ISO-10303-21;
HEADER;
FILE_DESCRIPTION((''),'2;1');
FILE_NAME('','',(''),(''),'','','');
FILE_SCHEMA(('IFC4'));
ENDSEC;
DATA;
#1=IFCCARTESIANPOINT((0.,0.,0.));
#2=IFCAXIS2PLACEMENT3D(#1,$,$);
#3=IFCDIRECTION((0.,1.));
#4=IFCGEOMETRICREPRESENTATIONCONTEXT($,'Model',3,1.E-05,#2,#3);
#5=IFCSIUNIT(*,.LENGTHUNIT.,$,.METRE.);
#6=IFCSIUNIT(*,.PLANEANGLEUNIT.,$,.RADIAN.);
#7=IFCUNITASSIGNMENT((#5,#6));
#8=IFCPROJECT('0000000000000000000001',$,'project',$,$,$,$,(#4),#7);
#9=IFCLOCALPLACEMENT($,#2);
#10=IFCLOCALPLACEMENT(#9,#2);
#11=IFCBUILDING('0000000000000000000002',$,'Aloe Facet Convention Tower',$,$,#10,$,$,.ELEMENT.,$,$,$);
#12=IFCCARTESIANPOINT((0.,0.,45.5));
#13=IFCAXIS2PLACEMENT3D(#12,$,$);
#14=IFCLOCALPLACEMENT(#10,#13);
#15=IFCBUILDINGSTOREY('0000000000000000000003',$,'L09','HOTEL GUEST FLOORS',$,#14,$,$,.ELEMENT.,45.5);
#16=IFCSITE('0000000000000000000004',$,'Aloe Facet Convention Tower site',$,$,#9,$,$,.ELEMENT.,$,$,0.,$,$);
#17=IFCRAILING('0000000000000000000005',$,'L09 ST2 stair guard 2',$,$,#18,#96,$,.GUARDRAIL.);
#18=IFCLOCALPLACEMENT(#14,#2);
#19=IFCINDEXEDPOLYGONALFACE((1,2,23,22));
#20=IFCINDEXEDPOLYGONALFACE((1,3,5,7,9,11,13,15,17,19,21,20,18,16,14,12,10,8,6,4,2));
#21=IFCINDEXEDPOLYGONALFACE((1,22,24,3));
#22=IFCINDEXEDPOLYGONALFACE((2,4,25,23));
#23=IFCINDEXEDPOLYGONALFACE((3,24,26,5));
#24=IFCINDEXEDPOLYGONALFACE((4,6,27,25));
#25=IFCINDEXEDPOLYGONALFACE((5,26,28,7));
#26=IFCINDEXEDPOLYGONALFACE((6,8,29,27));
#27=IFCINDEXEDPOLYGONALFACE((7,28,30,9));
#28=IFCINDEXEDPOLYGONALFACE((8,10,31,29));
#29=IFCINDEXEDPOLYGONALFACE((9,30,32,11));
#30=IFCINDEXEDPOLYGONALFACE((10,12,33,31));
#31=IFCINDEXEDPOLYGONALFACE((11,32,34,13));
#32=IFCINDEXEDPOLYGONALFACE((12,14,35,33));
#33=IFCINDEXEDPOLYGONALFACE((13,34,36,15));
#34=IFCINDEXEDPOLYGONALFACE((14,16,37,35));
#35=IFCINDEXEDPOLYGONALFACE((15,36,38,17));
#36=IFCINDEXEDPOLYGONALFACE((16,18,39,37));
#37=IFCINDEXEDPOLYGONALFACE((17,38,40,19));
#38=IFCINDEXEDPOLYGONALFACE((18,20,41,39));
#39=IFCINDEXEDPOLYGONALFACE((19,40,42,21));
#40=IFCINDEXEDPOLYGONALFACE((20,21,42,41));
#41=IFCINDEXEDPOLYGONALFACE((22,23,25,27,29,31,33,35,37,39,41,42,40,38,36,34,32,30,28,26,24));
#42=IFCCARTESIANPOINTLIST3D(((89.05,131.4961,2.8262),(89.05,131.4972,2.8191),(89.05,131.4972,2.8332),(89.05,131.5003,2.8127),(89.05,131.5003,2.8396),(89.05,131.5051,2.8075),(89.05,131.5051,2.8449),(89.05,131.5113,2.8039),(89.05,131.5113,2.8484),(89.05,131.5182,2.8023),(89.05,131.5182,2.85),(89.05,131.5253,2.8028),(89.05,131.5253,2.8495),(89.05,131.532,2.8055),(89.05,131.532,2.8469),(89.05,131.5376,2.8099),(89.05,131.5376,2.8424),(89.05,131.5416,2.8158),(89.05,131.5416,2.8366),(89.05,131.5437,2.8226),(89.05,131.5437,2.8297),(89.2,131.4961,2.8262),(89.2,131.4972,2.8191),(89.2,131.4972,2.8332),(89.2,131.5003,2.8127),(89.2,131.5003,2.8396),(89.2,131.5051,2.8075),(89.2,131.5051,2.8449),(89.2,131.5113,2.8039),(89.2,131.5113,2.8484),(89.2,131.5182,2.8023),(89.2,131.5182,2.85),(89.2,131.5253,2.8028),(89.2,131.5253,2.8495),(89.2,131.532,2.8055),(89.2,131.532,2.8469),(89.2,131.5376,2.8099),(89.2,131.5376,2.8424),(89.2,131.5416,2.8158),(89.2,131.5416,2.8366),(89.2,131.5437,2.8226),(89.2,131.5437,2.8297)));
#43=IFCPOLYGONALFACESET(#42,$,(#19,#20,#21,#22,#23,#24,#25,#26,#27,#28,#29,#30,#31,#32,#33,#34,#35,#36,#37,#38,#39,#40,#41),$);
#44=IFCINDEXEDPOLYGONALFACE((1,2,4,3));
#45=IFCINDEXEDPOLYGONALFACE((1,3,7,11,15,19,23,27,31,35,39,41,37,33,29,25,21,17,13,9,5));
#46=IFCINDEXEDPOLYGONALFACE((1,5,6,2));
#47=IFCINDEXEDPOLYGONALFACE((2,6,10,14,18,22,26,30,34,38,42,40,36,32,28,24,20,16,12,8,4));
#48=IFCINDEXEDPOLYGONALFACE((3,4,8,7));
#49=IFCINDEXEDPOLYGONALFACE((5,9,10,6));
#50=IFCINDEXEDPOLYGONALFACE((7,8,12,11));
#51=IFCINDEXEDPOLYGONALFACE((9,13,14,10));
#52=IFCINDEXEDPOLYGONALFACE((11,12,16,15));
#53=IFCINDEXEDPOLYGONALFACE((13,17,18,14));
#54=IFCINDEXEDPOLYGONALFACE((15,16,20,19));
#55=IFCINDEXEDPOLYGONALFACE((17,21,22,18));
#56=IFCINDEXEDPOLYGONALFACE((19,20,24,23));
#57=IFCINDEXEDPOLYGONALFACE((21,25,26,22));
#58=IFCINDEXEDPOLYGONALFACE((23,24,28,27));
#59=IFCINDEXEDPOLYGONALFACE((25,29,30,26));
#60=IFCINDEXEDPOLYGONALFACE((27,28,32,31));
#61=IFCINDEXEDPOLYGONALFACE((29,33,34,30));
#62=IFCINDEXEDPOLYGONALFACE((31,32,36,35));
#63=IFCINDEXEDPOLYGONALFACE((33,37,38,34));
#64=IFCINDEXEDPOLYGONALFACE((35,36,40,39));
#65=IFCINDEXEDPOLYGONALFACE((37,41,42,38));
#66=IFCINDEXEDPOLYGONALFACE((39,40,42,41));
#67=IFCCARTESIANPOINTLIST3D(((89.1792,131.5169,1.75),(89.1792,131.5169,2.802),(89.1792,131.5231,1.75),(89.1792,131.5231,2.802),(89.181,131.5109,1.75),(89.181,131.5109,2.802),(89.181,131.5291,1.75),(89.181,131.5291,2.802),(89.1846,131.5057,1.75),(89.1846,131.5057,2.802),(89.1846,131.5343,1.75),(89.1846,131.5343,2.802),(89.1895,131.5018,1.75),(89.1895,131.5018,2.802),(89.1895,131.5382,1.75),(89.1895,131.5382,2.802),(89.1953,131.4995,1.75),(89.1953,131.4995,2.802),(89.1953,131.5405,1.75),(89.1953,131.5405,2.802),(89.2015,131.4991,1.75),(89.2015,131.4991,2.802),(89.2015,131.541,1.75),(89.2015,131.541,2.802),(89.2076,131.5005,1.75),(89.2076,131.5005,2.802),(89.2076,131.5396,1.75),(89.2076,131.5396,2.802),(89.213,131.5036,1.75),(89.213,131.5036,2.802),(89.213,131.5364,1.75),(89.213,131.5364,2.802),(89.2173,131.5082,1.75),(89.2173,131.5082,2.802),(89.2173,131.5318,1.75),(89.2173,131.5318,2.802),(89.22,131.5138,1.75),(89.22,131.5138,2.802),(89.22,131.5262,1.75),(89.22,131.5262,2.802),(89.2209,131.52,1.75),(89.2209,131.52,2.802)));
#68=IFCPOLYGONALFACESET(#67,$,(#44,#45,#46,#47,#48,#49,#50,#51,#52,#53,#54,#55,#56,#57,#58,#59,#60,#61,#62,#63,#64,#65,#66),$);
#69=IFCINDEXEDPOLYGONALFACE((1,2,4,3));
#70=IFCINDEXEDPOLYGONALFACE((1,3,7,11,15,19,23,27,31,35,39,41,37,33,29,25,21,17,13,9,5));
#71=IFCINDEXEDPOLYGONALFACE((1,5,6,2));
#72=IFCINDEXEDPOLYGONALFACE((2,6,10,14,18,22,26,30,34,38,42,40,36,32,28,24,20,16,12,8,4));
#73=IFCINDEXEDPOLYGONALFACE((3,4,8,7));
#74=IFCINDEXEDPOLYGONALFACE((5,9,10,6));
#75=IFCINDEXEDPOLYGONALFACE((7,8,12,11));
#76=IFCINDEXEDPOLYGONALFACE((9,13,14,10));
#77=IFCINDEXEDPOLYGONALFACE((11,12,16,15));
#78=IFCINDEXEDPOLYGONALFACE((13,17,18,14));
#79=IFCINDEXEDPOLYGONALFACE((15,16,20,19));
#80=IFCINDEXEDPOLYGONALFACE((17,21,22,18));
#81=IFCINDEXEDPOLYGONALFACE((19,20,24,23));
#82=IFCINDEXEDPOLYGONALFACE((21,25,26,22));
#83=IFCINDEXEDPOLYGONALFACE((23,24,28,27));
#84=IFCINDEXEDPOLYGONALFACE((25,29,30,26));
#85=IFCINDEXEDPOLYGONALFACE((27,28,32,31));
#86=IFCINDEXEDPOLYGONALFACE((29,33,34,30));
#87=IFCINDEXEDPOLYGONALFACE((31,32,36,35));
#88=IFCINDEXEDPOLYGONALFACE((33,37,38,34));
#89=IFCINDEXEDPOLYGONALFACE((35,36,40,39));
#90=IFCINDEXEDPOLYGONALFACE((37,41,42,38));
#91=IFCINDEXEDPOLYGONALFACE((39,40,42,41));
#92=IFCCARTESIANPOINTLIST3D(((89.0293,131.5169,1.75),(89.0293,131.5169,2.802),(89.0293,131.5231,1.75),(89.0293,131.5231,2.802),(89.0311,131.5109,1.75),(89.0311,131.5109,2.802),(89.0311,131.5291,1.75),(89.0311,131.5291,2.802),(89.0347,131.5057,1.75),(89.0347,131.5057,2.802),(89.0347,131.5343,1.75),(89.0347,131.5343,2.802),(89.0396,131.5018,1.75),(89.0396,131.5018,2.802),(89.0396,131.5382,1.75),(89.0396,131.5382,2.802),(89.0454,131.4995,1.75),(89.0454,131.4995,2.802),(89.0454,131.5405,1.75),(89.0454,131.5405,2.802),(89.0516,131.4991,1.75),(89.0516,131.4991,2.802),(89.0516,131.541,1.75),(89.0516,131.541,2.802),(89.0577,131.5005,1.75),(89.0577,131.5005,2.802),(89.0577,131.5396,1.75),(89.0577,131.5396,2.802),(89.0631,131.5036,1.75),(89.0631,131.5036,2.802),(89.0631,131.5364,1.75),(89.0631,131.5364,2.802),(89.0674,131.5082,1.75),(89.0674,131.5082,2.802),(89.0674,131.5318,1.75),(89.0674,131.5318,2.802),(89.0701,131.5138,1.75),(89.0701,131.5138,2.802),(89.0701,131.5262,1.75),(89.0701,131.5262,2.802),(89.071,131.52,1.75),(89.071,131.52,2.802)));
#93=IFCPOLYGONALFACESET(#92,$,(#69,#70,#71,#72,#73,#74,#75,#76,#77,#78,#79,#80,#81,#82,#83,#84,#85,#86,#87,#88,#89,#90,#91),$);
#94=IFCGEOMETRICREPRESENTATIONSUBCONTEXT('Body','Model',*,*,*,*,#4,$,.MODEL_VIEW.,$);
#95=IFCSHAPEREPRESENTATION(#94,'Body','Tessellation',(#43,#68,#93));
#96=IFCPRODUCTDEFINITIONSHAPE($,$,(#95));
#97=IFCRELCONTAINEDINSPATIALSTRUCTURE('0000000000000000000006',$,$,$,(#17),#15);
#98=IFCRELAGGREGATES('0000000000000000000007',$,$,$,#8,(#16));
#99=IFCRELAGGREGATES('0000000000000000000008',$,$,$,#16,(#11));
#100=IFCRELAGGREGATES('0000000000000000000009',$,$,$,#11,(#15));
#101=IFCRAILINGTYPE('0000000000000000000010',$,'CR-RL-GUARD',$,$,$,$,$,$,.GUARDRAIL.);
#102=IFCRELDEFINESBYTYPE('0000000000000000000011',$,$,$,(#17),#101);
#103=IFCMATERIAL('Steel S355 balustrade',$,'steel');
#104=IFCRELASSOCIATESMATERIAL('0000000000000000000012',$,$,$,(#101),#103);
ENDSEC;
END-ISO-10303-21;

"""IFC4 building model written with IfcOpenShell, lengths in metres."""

from ifc_helpers import new_model, si_unit, direction, frame, origin, origin_2d, place, context, subcontext, project, spatial, circle, extrude, material, type_object, element, save


model = new_model("IFC4")

# Units and contexts
model_context = context("Model", 3, precision=1e-05, world=origin(), true_north=direction((0.0, 1.0)))
body_context = subcontext(model_context, "Body", "Model", "MODEL_VIEW")
ifc_project = project(units=[si_unit("LENGTHUNIT", "METRE"), si_unit("PLANEANGLEUNIT", "RADIAN")], contexts=[model_context])

# Site, building, storey
site_placement = place(None, origin())
site = spatial("IfcSite", under=ifc_project, at=site_placement, Name="Aloe Facet Convention Tower site", CompositionType="ELEMENT", RefElevation=0.0)
building_placement = place(site_placement, origin())
building = spatial("IfcBuilding", under=site, at=building_placement, Name="Aloe Facet Convention Tower", CompositionType="ELEMENT")
storey_placement = place(building_placement, frame((0.0, 0.0, 45.5)))
storey = spatial("IfcBuildingStorey", under=building, at=storey_placement, Name="L09", Description="HOTEL GUEST FLOORS", CompositionType="ELEMENT", Elevation=45.5)

# Railing
ifc_material_1 = material(Name="Steel S355 balustrade", Category="steel")
railing_type_1 = type_object("IfcRailingType", Name="CR-RL-GUARD", PredefinedType="GUARDRAIL", material=ifc_material_1)
railing_1_placement = place(storey_placement, frame((89.2, 131.52, 1.75)))
element("IfcRailing", 1, at=railing_1_placement, inside=storey, type_object=railing_type_1, Name="L09 ST2 stair guard 2", PredefinedType="GUARDRAIL", context=body_context, shape_type="SweptSolid", body=[
    extrude(circle(Radius=0.0239, at=origin_2d()), frame((0.0, 0.0, 1.0762), z_axis=(-1.0, 0.0, 0.0), x_axis=(0.0, -1.0, 0.0)), (0.0, 0.0, 1.0), 0.1499),
    extrude(circle(Radius=0.021, at=origin_2d()), origin(), (0.0, 0.0, 1.0), 1.052),
    extrude(circle(Radius=0.021, at=origin_2d()), frame((-0.1499, 0.0, 0.0)), (0.0, 0.0, 1.0), 1.052),
])

save(model, "model.ifc")
